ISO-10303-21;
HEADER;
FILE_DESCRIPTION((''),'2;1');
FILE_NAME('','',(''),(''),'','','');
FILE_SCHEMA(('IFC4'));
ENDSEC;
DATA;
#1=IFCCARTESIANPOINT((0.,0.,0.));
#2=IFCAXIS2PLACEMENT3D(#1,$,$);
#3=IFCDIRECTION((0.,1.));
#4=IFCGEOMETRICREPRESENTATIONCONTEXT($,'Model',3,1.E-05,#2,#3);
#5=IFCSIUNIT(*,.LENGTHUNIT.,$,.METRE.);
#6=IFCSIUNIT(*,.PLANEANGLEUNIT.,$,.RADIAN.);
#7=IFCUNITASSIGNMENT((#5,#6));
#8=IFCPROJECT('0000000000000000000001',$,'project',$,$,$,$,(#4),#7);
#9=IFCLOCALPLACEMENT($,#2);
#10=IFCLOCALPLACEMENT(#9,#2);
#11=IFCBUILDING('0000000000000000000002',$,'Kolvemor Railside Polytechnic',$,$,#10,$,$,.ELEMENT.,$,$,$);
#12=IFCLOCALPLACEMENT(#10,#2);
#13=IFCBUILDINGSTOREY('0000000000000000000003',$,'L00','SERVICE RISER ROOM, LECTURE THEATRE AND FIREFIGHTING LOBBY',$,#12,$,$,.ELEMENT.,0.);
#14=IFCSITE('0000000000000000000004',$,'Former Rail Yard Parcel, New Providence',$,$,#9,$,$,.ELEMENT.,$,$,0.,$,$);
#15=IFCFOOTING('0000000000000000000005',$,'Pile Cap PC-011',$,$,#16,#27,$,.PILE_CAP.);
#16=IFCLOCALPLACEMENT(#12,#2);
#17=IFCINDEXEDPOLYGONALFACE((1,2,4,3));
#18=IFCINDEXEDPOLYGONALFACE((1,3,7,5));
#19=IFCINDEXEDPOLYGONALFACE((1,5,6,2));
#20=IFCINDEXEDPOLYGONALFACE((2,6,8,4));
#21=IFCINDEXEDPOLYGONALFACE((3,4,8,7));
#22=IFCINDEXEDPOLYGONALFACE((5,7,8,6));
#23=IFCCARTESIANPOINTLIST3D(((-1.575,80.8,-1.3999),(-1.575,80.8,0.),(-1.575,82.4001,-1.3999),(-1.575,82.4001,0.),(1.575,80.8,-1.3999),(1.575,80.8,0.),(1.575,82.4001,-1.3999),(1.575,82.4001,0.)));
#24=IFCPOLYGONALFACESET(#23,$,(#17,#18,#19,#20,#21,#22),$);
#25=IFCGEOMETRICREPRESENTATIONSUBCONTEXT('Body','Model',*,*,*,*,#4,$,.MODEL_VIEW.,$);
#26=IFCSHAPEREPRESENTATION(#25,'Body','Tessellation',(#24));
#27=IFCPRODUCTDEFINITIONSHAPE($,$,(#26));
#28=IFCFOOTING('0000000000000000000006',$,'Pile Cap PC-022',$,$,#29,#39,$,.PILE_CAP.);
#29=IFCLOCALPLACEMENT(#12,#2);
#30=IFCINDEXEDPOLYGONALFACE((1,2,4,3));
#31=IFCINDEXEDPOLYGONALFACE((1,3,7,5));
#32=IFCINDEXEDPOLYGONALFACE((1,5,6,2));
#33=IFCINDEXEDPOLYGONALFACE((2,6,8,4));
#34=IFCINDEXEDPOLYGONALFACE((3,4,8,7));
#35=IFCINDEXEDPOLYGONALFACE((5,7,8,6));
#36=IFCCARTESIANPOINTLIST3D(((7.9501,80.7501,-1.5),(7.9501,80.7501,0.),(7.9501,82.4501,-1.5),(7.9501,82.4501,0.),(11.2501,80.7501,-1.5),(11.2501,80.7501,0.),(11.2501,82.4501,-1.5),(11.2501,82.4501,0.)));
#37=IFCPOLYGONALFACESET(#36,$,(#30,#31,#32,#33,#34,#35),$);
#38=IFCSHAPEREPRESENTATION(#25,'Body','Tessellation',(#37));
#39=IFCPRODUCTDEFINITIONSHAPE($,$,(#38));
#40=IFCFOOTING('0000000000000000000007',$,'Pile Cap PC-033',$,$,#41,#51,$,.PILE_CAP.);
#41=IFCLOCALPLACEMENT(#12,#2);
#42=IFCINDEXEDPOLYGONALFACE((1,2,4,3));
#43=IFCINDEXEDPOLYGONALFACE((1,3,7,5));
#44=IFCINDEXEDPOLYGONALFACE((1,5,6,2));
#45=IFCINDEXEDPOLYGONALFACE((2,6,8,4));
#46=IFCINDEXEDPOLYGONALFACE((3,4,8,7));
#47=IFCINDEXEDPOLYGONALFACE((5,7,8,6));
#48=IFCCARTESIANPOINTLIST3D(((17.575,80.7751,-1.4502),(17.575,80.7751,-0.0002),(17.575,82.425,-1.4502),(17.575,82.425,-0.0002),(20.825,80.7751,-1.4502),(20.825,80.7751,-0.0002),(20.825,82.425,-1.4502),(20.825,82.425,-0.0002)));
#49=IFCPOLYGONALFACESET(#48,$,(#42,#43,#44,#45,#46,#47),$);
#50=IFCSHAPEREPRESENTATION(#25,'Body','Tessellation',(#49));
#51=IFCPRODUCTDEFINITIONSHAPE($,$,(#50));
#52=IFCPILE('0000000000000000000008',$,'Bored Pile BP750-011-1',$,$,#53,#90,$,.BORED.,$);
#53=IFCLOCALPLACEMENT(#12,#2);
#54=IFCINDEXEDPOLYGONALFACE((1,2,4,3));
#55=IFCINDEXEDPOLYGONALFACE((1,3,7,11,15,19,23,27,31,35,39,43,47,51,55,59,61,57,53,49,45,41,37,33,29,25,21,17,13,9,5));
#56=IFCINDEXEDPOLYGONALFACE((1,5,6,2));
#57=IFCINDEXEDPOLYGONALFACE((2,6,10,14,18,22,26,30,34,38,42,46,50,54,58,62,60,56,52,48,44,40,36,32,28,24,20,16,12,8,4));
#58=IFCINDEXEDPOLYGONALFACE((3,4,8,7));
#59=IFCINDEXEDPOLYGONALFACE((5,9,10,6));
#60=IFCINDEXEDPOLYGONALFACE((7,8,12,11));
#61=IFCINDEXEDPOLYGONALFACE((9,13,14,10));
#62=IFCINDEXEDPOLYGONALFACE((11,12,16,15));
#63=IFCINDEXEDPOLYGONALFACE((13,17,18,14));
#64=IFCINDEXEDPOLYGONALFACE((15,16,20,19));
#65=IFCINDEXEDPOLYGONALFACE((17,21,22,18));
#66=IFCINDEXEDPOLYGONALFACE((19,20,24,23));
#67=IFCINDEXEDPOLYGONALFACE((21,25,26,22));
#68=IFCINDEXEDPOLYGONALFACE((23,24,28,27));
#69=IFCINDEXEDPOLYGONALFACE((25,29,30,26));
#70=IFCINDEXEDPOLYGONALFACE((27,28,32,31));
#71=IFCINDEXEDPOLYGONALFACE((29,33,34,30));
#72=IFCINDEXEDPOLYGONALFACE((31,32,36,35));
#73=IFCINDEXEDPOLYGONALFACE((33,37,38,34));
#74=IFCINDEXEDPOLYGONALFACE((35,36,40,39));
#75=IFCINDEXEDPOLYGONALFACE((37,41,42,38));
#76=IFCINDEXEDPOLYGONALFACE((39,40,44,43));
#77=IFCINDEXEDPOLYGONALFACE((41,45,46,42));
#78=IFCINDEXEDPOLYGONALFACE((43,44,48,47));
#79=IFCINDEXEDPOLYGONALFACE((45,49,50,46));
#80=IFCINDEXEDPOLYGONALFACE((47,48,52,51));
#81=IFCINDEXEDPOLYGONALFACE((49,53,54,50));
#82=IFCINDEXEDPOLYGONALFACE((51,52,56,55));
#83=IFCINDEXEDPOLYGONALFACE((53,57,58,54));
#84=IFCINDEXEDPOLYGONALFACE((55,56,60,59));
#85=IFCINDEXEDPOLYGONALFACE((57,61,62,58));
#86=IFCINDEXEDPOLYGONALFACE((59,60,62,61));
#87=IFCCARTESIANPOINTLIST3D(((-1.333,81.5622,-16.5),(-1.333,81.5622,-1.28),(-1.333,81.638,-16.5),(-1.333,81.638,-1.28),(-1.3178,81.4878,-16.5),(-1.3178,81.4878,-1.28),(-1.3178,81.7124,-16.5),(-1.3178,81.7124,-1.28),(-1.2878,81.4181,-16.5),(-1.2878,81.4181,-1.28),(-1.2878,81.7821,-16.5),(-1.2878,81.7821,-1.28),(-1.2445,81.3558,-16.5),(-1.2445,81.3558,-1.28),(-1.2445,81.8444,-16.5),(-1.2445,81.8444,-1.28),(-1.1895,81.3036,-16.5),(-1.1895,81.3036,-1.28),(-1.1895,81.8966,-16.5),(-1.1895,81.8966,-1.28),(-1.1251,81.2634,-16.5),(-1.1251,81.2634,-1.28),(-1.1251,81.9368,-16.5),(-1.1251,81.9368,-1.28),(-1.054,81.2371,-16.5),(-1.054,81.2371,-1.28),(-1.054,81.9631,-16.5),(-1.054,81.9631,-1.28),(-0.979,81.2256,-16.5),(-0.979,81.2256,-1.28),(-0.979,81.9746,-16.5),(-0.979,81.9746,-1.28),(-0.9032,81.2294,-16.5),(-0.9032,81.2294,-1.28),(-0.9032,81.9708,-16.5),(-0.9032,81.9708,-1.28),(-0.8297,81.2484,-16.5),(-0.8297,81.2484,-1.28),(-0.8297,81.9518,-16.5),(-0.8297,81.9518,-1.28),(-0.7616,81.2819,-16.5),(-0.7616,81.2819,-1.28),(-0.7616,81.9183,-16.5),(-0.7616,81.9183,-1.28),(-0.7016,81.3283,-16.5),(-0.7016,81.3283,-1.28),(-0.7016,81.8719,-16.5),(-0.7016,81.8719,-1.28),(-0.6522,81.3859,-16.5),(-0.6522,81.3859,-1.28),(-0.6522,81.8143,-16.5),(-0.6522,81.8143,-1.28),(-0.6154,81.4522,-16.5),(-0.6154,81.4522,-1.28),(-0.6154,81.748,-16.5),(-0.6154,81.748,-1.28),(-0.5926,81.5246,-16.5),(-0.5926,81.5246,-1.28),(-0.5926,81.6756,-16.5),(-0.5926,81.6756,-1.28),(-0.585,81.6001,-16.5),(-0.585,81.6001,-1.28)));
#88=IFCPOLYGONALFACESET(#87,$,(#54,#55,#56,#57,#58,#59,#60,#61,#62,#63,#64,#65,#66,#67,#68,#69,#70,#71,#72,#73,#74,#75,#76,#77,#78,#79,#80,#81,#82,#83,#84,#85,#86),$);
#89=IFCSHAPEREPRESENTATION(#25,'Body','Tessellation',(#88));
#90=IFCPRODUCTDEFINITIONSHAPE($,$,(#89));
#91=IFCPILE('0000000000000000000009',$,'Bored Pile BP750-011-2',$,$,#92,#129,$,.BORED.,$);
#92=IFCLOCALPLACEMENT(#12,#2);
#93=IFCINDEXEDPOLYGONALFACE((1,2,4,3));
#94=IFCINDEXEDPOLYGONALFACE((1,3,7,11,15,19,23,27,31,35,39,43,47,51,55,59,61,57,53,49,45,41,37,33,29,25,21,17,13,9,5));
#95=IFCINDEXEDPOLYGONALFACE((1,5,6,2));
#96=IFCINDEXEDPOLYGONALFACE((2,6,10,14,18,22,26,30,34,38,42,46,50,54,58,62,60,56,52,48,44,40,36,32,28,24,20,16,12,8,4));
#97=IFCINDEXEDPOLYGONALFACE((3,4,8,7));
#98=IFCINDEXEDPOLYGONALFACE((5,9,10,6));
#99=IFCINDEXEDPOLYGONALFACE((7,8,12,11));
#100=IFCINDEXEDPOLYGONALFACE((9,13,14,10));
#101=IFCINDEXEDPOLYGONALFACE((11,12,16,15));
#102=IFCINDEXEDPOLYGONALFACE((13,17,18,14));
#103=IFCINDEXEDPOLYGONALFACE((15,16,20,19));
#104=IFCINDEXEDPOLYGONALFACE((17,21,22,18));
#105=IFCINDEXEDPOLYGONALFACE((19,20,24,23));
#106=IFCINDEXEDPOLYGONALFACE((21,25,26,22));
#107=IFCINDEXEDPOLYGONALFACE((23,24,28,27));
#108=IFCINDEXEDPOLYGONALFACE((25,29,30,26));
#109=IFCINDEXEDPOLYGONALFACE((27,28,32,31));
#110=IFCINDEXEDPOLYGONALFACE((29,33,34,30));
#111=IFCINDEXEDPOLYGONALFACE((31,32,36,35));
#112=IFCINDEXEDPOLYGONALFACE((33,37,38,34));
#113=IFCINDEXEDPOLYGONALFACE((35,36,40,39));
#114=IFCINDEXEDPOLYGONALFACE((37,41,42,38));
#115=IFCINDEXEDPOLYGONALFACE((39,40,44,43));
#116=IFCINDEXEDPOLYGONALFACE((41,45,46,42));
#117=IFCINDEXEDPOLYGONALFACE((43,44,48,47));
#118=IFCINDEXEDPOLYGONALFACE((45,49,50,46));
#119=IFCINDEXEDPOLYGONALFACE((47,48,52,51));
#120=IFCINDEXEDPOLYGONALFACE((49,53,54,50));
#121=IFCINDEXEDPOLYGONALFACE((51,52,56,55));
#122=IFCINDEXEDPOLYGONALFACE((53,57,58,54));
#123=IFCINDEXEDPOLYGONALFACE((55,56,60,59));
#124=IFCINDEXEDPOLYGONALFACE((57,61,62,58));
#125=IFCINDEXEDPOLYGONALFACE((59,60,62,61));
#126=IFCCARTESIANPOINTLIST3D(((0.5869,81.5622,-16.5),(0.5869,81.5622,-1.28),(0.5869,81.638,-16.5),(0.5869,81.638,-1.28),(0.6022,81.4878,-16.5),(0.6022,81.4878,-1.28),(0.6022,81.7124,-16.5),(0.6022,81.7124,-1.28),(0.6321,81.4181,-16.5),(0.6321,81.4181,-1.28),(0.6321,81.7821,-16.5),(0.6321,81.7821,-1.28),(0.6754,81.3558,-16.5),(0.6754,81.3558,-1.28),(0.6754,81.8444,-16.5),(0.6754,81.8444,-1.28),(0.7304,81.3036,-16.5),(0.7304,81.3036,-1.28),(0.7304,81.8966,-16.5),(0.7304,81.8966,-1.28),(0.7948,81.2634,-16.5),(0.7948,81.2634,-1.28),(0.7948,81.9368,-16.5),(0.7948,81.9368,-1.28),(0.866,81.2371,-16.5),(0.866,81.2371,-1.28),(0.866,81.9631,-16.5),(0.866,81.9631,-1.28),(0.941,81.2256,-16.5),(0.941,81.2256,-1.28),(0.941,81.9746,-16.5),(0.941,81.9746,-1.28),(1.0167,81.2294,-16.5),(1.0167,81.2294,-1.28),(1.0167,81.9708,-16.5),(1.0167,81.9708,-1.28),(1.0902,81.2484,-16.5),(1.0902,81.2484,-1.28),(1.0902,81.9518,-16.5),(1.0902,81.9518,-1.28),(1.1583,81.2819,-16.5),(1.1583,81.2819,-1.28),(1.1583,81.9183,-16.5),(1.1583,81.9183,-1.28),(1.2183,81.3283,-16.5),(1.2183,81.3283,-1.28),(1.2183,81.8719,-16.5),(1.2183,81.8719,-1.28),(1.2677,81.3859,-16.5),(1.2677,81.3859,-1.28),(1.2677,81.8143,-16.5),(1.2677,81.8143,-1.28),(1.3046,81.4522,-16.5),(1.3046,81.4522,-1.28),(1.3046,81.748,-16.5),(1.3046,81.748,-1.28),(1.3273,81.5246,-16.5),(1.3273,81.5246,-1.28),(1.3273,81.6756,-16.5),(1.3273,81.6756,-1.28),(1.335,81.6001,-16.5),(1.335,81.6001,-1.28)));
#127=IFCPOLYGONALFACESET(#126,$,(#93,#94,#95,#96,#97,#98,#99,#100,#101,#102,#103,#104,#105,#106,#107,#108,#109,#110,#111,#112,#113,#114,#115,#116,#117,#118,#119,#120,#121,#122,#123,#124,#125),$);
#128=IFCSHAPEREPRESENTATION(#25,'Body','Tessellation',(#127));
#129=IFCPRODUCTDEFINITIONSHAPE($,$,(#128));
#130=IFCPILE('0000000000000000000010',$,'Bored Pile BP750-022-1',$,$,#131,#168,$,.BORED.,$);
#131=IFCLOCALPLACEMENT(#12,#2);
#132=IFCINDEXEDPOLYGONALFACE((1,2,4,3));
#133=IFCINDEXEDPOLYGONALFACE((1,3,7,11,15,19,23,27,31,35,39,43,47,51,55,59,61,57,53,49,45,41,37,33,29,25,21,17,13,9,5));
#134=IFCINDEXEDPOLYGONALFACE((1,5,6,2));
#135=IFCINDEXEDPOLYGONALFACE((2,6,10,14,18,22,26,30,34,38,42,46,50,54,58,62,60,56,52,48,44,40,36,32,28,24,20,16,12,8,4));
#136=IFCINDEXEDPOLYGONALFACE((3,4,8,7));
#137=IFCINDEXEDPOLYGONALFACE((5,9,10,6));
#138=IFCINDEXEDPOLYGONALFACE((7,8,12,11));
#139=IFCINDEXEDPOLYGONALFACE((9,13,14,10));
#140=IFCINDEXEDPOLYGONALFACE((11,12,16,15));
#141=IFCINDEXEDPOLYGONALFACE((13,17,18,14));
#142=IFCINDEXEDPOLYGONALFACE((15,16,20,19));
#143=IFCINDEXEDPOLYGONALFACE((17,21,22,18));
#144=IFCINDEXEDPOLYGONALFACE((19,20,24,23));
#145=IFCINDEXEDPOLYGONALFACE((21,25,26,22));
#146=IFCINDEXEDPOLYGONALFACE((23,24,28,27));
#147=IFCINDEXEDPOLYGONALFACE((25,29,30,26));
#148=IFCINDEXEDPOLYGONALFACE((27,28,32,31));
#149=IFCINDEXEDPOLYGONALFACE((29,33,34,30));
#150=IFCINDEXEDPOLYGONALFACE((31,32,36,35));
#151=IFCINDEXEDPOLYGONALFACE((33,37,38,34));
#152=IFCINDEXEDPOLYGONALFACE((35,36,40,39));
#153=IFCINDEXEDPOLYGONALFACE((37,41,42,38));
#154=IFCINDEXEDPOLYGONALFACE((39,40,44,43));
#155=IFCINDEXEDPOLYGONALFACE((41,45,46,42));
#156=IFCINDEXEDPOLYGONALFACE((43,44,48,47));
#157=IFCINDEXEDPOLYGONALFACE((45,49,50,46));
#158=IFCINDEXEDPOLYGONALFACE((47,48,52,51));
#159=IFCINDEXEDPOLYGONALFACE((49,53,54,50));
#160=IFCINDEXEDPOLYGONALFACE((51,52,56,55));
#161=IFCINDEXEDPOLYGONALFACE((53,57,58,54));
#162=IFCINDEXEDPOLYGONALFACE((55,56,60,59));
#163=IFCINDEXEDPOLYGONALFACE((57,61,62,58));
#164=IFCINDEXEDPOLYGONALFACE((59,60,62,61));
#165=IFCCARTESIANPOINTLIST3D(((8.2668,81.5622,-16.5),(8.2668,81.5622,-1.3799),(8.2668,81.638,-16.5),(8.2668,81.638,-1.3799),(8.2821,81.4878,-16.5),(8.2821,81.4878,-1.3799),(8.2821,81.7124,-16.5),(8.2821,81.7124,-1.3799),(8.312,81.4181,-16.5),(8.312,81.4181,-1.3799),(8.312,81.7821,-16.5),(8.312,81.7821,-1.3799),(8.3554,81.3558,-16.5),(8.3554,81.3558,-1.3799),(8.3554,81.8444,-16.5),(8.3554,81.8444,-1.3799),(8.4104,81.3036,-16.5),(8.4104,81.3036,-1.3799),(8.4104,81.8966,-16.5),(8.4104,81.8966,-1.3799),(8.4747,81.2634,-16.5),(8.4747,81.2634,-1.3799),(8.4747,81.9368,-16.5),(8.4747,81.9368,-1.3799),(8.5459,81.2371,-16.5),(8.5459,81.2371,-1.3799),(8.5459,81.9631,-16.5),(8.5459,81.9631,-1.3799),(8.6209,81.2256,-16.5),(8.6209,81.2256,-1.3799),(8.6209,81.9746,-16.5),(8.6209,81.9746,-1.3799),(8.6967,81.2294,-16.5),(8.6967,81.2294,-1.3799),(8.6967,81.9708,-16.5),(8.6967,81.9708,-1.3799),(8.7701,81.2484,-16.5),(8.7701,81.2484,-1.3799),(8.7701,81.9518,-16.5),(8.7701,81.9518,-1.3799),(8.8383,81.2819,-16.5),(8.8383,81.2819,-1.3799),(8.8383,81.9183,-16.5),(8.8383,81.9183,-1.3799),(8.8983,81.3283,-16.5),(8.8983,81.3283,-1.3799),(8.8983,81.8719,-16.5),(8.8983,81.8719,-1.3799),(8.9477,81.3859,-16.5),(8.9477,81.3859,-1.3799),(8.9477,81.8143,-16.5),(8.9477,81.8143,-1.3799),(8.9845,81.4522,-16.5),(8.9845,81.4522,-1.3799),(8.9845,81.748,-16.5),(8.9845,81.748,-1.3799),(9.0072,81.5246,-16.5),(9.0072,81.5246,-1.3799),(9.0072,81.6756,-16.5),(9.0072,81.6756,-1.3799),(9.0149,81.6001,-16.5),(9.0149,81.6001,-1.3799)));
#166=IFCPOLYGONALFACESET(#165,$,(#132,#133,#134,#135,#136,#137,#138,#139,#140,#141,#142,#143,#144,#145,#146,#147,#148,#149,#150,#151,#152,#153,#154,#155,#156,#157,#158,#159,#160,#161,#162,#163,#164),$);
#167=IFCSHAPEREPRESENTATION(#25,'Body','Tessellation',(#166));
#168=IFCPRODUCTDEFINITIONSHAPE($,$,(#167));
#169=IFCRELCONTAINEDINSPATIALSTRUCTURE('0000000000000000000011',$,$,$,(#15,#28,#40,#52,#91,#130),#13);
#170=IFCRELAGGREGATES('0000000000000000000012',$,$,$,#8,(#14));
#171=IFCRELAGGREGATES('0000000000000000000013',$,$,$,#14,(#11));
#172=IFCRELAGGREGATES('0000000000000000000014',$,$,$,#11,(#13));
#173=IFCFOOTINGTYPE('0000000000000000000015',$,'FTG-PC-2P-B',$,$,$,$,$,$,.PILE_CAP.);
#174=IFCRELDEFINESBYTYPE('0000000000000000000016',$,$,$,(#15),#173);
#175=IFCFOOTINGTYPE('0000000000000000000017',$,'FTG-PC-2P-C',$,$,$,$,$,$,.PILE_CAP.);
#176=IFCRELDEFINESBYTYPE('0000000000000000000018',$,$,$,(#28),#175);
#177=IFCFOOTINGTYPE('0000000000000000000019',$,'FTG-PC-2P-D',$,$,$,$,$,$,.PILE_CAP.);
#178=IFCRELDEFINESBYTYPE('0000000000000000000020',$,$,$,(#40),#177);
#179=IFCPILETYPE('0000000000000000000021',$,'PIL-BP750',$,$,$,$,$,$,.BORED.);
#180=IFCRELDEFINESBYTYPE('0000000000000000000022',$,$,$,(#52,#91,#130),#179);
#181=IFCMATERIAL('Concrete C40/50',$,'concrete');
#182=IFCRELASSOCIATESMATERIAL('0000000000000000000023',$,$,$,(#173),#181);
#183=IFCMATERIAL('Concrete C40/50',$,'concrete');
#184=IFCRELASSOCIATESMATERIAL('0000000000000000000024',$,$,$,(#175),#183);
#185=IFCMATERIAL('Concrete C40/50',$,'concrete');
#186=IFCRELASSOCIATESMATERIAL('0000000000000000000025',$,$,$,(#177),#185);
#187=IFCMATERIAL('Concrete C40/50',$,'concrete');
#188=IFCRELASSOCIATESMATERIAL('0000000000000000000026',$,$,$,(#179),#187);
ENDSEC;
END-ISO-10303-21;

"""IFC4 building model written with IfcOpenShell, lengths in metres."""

from ifc_helpers import new_model, si_unit, direction, frame, origin, origin_2d, place, context, subcontext, project, spatial, rectangle, circle, extrude, material, material_profile, profile_set, type_object, element, save


model = new_model("IFC4")

# Units and contexts
model_context = context("Model", 3, precision=1e-05, world=origin(), true_north=direction((0.0, 1.0)))
body_context = subcontext(model_context, "Body", "Model", "MODEL_VIEW")
ifc_project = project(units=[si_unit("LENGTHUNIT", "METRE"), si_unit("PLANEANGLEUNIT", "RADIAN")], contexts=[model_context])

# Site, building, storey
site_placement = place(None, origin())
site = spatial("IfcSite", under=ifc_project, at=site_placement, Name="Former Rail Yard Parcel, New Providence", CompositionType="ELEMENT", RefElevation=0.0)
building_placement = place(site_placement, origin())
building = spatial("IfcBuilding", under=site, at=building_placement, Name="Kolvemor Railside Polytechnic", CompositionType="ELEMENT")
storey_placement = place(building_placement, origin())
storey = spatial("IfcBuildingStorey", under=building, at=storey_placement, Name="L00", Description="SERVICE RISER ROOM, LECTURE THEATRE AND FIREFIGHTING LOBBY", CompositionType="ELEMENT", Elevation=0.0)

# Footings
ifc_material_1 = material(Name="Concrete C40/50", Category="concrete")
footing_type_1 = type_object("IfcFootingType", Name="FTG-PC-2P-B", PredefinedType="PILE_CAP", material=ifc_material_1)
footing_1_placement = place(storey_placement, frame((0.0, 81.6001, -1.3999), z_axis=(0.0, 0.0, 1.0), x_axis=(1.0, 0.0, 0.0)))
element("IfcFooting", 1, at=footing_1_placement, inside=storey, type_object=footing_type_1, Name="Pile Cap PC-011", PredefinedType="PILE_CAP", context=body_context, shape_type="SweptSolid", body=[
    extrude(rectangle(XDim=3.1499, YDim=1.6001, at=origin_2d()), origin(), (0.0, 0.0, 1.0), 1.3999),
])
ifc_material_2 = material(Name="Concrete C40/50", Category="concrete")
footing_type_2 = type_object("IfcFootingType", Name="FTG-PC-2P-C", PredefinedType="PILE_CAP", material=ifc_material_2)
footing_2_placement = place(storey_placement, frame((9.6001, 81.6001, -1.5), z_axis=(0.0, 0.0, 1.0), x_axis=(1.0, 0.0, 0.0)))
element("IfcFooting", 2, at=footing_2_placement, inside=storey, type_object=footing_type_2, Name="Pile Cap PC-022", PredefinedType="PILE_CAP", context=body_context, shape_type="SweptSolid", body=[
    extrude(rectangle(XDim=3.3, YDim=1.7, at=origin_2d()), origin(), (0.0, 0.0, 1.0), 1.5),
])
ifc_material_3 = material(Name="Concrete C40/50", Category="concrete")
footing_type_3 = type_object("IfcFootingType", Name="FTG-PC-2P-D", PredefinedType="PILE_CAP", material=ifc_material_3)
footing_3_placement = place(storey_placement, frame((19.2, 81.6001, -1.4502), z_axis=(0.0, 0.0, 1.0), x_axis=(1.0, 0.0, 0.0)))
element("IfcFooting", 3, at=footing_3_placement, inside=storey, type_object=footing_type_3, Name="Pile Cap PC-033", PredefinedType="PILE_CAP", context=body_context, shape_type="SweptSolid", body=[
    extrude(rectangle(XDim=3.25, YDim=1.6499, at=origin_2d()), origin(), (0.0, 0.0, 1.0), 1.45),
])

# Piles
ifc_material_4 = material(Name="Concrete C40/50", Category="concrete")
ifc_material_profile_1 = material_profile(ifc_material_4, circle(Radius=0.375, at=origin_2d()), Name="BP750")
ifc_profile_set_1 = profile_set([ifc_material_profile_1], Name="Concrete C40/50")
pile_type = type_object("IfcPileType", Name="PIL-BP750", PredefinedType="BORED", material=ifc_profile_set_1)
for number, where, z_axis, x_axis, name in (
    (4, (-0.96, 81.6001, -1.28), (0.0, 0.0, -1.0), (1.0, 0.0, 0.0), "Bored Pile BP750-011-1"),
    (5, (0.96, 81.6001, -1.28), (0.0, 0.0, -1.0), (1.0, 0.0, 0.0), "Bored Pile BP750-011-2"),
):
    element("IfcPile", number, at=place(storey_placement, frame(where, z_axis=z_axis, x_axis=x_axis)), inside=storey, type_object=pile_type, Name=name, PredefinedType="BORED", context=body_context, shape_type="SweptSolid", body=[
        extrude(circle(Radius=0.375, at=origin_2d()), origin(), (0.0, 0.0, 1.0), 15.22),
    ])
for number, where, z_axis, x_axis, name in (
    (6, (8.6399, 81.6001, -1.3799), (0.0, 0.0, -1.0), (1.0, 0.0, 0.0), "Bored Pile BP750-022-1"),
):
    element("IfcPile", number, at=place(storey_placement, frame(where, z_axis=z_axis, x_axis=x_axis)), inside=storey, type_object=pile_type, Name=name, PredefinedType="BORED", context=body_context, shape_type="SweptSolid", body=[
        extrude(circle(Radius=0.375, at=origin_2d()), origin(), (0.0, 0.0, 1.0), 15.1201),
    ])

save(model, "model.ifc")
